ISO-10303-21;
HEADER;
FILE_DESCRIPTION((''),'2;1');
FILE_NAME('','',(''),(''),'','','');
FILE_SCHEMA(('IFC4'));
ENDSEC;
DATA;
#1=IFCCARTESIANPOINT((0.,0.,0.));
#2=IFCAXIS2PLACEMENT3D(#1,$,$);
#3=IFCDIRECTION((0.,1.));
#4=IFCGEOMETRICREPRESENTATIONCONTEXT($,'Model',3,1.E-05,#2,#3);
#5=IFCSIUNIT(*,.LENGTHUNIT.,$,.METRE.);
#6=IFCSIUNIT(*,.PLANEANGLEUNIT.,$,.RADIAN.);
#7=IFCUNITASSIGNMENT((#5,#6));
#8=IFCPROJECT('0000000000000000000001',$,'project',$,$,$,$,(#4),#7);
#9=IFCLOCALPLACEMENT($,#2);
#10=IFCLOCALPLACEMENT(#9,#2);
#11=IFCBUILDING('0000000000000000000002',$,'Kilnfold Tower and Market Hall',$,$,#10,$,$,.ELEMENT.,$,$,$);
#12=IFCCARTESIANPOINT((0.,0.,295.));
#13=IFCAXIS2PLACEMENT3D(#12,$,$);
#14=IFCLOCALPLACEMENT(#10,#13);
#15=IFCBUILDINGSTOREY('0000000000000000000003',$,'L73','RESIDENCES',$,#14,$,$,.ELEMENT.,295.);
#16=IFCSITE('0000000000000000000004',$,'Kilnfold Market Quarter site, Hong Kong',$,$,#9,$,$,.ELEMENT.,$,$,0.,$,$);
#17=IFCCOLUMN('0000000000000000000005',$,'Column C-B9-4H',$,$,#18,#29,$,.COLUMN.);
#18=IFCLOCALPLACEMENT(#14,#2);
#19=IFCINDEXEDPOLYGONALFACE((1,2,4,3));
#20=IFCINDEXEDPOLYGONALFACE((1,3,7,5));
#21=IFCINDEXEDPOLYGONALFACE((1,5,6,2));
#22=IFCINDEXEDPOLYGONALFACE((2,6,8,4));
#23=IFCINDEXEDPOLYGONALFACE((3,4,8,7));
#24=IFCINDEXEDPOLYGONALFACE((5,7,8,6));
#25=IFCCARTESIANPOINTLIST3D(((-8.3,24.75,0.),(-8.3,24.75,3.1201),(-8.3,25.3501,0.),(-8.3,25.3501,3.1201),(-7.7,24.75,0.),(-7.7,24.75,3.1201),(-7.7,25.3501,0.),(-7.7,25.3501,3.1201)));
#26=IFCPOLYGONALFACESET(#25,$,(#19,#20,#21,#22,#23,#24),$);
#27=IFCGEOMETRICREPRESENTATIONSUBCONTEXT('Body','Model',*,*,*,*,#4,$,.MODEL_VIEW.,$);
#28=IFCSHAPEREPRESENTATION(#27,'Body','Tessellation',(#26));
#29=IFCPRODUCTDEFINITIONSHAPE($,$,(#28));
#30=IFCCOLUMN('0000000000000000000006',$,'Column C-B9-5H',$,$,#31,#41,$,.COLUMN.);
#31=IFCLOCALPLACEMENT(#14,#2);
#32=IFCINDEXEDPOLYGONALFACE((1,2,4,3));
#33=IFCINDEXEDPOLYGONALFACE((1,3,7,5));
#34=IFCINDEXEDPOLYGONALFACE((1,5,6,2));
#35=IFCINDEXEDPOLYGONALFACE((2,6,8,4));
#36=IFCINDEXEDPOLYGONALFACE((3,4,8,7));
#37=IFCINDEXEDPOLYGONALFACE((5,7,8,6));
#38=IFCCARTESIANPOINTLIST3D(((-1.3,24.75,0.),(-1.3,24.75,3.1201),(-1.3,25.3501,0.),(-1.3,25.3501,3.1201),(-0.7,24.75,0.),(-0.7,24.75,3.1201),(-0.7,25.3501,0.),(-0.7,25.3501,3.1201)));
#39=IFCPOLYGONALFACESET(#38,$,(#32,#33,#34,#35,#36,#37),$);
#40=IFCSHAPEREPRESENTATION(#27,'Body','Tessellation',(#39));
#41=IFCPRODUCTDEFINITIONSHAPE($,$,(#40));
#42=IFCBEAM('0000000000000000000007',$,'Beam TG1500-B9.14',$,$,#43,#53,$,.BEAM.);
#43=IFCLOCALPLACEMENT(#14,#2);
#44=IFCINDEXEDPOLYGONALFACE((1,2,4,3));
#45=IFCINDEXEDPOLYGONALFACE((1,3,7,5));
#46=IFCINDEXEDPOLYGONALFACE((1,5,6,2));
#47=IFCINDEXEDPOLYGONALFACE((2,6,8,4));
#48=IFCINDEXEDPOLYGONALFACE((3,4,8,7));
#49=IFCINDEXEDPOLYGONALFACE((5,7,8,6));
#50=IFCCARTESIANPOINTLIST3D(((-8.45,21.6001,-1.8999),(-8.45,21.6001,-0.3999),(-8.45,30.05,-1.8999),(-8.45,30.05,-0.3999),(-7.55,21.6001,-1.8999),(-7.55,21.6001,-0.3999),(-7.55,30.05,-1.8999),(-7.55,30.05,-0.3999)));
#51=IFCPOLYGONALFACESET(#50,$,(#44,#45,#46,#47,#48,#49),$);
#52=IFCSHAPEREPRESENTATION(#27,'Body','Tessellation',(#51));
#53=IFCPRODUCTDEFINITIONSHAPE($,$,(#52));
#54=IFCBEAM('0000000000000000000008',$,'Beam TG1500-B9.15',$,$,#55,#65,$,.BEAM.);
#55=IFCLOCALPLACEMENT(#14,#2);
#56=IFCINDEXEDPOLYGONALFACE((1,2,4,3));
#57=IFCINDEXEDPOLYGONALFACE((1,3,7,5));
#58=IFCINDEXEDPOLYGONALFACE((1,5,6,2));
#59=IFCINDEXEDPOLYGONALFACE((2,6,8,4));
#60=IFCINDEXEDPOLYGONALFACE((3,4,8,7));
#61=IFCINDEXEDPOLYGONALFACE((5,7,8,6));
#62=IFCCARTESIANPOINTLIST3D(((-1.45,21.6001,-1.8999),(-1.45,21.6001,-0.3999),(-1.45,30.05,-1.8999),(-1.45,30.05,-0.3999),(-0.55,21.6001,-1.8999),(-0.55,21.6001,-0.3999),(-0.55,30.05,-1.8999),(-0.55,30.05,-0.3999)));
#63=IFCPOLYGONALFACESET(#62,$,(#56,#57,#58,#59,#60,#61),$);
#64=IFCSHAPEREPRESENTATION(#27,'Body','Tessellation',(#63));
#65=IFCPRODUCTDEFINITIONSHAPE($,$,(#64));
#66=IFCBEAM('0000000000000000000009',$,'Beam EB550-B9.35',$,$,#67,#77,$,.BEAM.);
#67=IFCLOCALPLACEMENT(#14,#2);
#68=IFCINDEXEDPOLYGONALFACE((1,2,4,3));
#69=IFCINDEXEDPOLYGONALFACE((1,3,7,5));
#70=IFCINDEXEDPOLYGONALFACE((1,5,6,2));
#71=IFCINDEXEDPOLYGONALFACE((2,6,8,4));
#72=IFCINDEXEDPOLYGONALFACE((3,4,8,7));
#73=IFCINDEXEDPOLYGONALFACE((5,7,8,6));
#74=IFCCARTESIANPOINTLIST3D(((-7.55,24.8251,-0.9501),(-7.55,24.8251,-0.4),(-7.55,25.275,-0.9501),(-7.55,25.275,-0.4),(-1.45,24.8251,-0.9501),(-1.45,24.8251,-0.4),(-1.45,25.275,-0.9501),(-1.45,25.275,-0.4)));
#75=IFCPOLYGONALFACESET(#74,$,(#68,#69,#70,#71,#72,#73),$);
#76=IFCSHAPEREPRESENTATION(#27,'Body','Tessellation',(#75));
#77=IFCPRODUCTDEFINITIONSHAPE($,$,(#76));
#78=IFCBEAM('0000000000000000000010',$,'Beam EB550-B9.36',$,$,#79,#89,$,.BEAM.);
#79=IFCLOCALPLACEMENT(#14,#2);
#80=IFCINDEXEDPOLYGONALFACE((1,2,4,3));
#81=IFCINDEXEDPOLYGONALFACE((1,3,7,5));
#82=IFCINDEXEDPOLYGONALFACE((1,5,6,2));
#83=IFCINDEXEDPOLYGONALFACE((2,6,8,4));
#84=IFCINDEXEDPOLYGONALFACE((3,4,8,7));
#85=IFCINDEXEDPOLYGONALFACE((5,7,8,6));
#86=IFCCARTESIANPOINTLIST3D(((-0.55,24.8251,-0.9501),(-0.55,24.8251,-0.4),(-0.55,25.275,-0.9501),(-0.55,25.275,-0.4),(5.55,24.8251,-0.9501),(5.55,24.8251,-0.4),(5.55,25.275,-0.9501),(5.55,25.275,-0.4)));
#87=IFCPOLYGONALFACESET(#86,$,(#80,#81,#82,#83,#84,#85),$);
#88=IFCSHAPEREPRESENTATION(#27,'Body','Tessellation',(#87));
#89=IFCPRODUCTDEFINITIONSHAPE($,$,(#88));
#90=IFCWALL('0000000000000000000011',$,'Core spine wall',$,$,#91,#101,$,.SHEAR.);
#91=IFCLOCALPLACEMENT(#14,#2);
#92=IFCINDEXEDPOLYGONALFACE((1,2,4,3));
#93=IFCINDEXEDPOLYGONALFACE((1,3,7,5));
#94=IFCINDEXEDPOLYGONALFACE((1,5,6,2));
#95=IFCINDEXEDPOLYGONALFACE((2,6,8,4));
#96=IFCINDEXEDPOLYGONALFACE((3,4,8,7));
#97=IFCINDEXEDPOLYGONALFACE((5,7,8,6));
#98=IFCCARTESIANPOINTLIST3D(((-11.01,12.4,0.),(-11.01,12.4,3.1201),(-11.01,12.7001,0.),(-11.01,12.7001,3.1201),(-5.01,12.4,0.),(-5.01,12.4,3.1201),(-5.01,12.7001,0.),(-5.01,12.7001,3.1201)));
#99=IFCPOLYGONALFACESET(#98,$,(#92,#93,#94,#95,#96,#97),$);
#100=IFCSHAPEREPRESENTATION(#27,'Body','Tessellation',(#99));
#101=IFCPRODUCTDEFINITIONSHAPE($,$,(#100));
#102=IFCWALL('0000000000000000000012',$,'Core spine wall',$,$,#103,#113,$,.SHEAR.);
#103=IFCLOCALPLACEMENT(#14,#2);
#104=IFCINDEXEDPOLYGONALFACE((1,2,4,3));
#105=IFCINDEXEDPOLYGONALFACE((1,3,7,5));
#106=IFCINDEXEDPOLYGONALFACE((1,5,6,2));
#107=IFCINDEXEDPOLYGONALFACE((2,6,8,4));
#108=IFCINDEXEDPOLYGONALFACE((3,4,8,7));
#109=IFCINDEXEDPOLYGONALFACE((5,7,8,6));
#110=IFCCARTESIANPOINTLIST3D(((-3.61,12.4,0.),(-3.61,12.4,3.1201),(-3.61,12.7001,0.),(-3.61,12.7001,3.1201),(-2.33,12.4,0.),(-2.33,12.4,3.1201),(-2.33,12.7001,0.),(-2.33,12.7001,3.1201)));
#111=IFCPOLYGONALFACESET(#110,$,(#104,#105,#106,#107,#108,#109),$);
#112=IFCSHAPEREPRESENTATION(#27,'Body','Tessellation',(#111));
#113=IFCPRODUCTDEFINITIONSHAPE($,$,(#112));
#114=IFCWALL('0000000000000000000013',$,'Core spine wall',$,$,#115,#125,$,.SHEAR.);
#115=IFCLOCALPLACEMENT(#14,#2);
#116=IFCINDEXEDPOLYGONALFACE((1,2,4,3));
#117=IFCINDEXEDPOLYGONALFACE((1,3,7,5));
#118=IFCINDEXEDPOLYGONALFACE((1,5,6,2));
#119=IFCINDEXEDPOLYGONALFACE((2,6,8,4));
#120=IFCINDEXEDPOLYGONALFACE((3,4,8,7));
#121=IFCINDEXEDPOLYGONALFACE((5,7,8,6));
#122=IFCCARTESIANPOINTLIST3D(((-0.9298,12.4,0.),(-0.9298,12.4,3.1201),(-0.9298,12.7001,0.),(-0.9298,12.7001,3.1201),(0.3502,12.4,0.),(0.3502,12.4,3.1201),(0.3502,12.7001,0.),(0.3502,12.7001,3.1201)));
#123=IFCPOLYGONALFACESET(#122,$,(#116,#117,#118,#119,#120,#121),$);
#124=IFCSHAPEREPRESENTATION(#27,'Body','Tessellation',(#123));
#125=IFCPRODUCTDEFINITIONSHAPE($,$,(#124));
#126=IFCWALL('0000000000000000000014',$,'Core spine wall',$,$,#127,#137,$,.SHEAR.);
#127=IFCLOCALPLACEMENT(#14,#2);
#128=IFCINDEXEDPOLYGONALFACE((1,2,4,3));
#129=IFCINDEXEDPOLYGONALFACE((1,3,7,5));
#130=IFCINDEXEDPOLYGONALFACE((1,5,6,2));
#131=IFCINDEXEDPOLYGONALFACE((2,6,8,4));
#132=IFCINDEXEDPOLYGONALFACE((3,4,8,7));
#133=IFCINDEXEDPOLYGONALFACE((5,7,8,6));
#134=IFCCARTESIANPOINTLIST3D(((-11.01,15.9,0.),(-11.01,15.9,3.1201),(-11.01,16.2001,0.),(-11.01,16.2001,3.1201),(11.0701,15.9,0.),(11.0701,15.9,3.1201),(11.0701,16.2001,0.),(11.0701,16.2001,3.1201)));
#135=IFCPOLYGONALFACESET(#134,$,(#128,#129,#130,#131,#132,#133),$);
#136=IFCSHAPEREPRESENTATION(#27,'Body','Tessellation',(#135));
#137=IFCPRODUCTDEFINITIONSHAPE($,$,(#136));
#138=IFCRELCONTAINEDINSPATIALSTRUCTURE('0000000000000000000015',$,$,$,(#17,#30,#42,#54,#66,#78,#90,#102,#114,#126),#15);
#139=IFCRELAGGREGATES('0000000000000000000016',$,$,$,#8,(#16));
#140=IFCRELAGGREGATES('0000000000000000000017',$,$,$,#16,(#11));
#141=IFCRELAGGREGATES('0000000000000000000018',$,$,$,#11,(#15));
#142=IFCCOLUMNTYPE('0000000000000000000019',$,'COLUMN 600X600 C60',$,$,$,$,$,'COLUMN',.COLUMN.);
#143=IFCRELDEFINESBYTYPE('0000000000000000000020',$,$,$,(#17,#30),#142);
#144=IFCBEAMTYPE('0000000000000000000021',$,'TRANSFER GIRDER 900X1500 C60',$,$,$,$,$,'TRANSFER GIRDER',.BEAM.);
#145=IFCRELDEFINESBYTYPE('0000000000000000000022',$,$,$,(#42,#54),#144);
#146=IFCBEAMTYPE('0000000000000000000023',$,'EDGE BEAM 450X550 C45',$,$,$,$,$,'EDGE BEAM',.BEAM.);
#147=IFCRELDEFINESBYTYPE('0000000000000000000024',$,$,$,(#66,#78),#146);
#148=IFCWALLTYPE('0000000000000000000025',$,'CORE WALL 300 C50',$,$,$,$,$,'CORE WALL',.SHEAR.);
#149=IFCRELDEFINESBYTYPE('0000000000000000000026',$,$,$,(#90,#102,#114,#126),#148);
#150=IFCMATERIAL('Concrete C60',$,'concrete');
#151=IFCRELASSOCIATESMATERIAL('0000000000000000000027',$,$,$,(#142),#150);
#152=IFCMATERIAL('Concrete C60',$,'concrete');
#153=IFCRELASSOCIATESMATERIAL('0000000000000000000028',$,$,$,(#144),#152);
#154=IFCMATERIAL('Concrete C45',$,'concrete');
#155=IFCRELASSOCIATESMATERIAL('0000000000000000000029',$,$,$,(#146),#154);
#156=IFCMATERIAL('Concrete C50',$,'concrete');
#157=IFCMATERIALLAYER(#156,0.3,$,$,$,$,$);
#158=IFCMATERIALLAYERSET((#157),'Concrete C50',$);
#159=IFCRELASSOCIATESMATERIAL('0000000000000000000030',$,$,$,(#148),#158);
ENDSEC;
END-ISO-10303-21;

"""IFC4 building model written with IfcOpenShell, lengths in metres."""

from ifc_helpers import new_model, si_unit, direction, frame, frame_2d, origin, origin_2d, place, context, subcontext, project, spatial, rectangle, extrude, source, transform, mapped, material, layer, layer_set, material_profile, profile_set, type_object, element, save


model = new_model("IFC4")

# Units and contexts
model_context = context("Model", 3, precision=1e-05, world=origin(), true_north=direction((0.0, 1.0)))
body_context = subcontext(model_context, "Body", "Model", "MODEL_VIEW")
ifc_project = project(units=[si_unit("LENGTHUNIT", "METRE"), si_unit("PLANEANGLEUNIT", "RADIAN")], contexts=[model_context])

# Site, building, storey
site_placement = place(None, origin())
site = spatial("IfcSite", under=ifc_project, at=site_placement, Name="Kilnfold Market Quarter site, Hong Kong", CompositionType="ELEMENT", RefElevation=0.0)
building_placement = place(site_placement, origin())
building = spatial("IfcBuilding", under=site, at=building_placement, Name="Kilnfold Tower and Market Hall", CompositionType="ELEMENT")
storey_placement = place(building_placement, frame((0.0, 0.0, 295.0)))
storey = spatial("IfcBuildingStorey", under=building, at=storey_placement, Name="L73", Description="RESIDENCES", CompositionType="ELEMENT", Elevation=295.0)

# Columns
ifc_material_1 = material(Name="Concrete C60", Category="concrete")
ifc_material_profile_1 = material_profile(ifc_material_1, rectangle(XDim=0.6001, YDim=0.6001, at=origin_2d()), Name="RC 600x600")
ifc_profile_set_1 = profile_set([ifc_material_profile_1], Name="Concrete C60")
column_type = type_object("IfcColumnType", Name="COLUMN 600X600 C60", ElementType="COLUMN", PredefinedType="COLUMN", material=ifc_profile_set_1)
shared_shape_1 = source(origin(), body_context, "Body", "SweptSolid", [
    extrude(rectangle(XDim=0.6001, YDim=0.6001, at=origin_2d()), origin(), (0.0, 0.0, 1.0), 3.1201),
])
for number, where, z_axis, x_axis, name in (
    (1, (-8.0, 25.05, 0.0), (0.0, 0.0, 1.0), (1.0, 0.0, 0.0), "Column C-B9-4H"),
    (2, (-1.0, 25.05, 0.0), (0.0, 0.0, 1.0), (1.0, 0.0, 0.0), "Column C-B9-5H"),
):
    element("IfcColumn", number, at=place(storey_placement, frame(where, z_axis=z_axis, x_axis=x_axis)), inside=storey, type_object=column_type, Name=name, PredefinedType="COLUMN", context=body_context, shape_type="MappedRepresentation", body=[
        mapped(shared_shape_1, transform((0.0, 0.0, 0.0))),
    ])

# Beams
ifc_material_2 = material(Name="Concrete C60", Category="concrete")
ifc_material_profile_2 = material_profile(ifc_material_2, rectangle(XDim=0.8999, YDim=1.5, at=origin_2d()), Name="RC 900x1500")
ifc_profile_set_2 = profile_set([ifc_material_profile_2], Name="Concrete C60")
beam_type_1 = type_object("IfcBeamType", Name="TRANSFER GIRDER 900X1500 C60", ElementType="TRANSFER GIRDER", PredefinedType="BEAM", material=ifc_profile_set_2)
shared_shape_2 = source(origin(), body_context, "Body", "SweptSolid", [
    extrude(rectangle(XDim=0.8999, YDim=1.5, at=origin_2d()), origin(), (0.0, 0.0, 1.0), 8.45),
])
for number, where, z_axis, x_axis, name in (
    (3, (-8.0, 21.6001, -1.1499), (0.0, 1.0, 0.0), (-1.0, 0.0, 0.0), "Beam TG1500-B9.14"),
    (4, (-1.0, 21.6001, -1.1499), (0.0, 1.0, 0.0), (-1.0, 0.0, 0.0), "Beam TG1500-B9.15"),
):
    element("IfcBeam", number, at=place(storey_placement, frame(where, z_axis=z_axis, x_axis=x_axis)), inside=storey, type_object=beam_type_1, Name=name, PredefinedType="BEAM", context=body_context, shape_type="MappedRepresentation", body=[
        mapped(shared_shape_2, transform((0.0, 0.0, 0.0))),
    ])
ifc_material_3 = material(Name="Concrete C45", Category="concrete")
ifc_material_profile_3 = material_profile(ifc_material_3, rectangle(XDim=0.45, YDim=0.55, at=origin_2d()), Name="RC 450x550")
ifc_profile_set_3 = profile_set([ifc_material_profile_3], Name="Concrete C45")
beam_type_2 = type_object("IfcBeamType", Name="EDGE BEAM 450X550 C45", ElementType="EDGE BEAM", PredefinedType="BEAM", material=ifc_profile_set_3)
shared_shape_3 = source(origin(), body_context, "Body", "SweptSolid", [
    extrude(rectangle(XDim=0.45, YDim=0.55, at=origin_2d()), origin(), (0.0, 0.0, 1.0), 6.1001),
])
for number, where, z_axis, x_axis, name in (
    (5, (-7.55, 25.05, -0.675), (1.0, 0.0, 0.0), (0.0, 1.0, 0.0), "Beam EB550-B9.35"),
    (6, (-0.55, 25.05, -0.675), (1.0, 0.0, 0.0), (0.0, 1.0, 0.0), "Beam EB550-B9.36"),
):
    element("IfcBeam", number, at=place(storey_placement, frame(where, z_axis=z_axis, x_axis=x_axis)), inside=storey, type_object=beam_type_2, Name=name, PredefinedType="BEAM", context=body_context, shape_type="MappedRepresentation", body=[
        mapped(shared_shape_3, transform((0.0, 0.0, 0.0))),
    ])

# Walls
ifc_material_4 = material(Name="Concrete C50", Category="concrete")
ifc_layer_1 = layer(ifc_material_4, 0.3)
ifc_layer_set_1 = layer_set([ifc_layer_1], Name="Concrete C50")
wall_type_1 = type_object("IfcWallType", Name="CORE WALL 300 C50", ElementType="CORE WALL", PredefinedType="SHEAR", material=ifc_layer_set_1)
shared_shape_4 = source(origin(), body_context, "Body", "SweptSolid", [
    extrude(rectangle(XDim=6.0, YDim=0.3, at=frame_2d((3.0, 0.0))), origin(), (0.0, 0.0, 1.0), 3.1201),
])
wall_1_placement = place(storey_placement, frame((-11.01, 12.55, 0.0), z_axis=(0.0, 0.0, 1.0), x_axis=(1.0, 0.0, 0.0)))
element("IfcWall", 7, at=wall_1_placement, inside=storey, type_object=wall_type_1, Name="Core spine wall", PredefinedType="SHEAR", context=body_context, shape_type="MappedRepresentation", body=[
    mapped(shared_shape_4, transform((0.0, 0.0, 0.0))),
])
shared_shape_5 = source(origin(), body_context, "Body", "SweptSolid", [
    extrude(rectangle(XDim=1.28, YDim=0.3, at=frame_2d((0.6401, 0.0))), origin(), (0.0, 0.0, 1.0), 3.1201),
])
for number, where, z_axis, x_axis, name in (
    (8, (-3.6101, 12.55, 0.0), (0.0, 0.0, 1.0), (1.0, 0.0, 0.0), "Core spine wall"),
    (9, (-0.9299, 12.55, 0.0), (0.0, 0.0, 1.0), (1.0, 0.0, 0.0), "Core spine wall"),
):
    element("IfcWall", number, at=place(storey_placement, frame(where, z_axis=z_axis, x_axis=x_axis)), inside=storey, type_object=wall_type_1, Name=name, PredefinedType="SHEAR", context=body_context, shape_type="MappedRepresentation", body=[
        mapped(shared_shape_5, transform((0.0, 0.0, 0.0))),
    ])
shared_shape_6 = source(origin(), body_context, "Body", "SweptSolid", [
    extrude(rectangle(XDim=22.0801, YDim=0.3, at=frame_2d((11.04, 0.0))), origin(), (0.0, 0.0, 1.0), 3.1201),
])
wall_2_placement = place(storey_placement, frame((-11.01, 16.05, 0.0), z_axis=(0.0, 0.0, 1.0), x_axis=(1.0, 0.0, 0.0)))
element("IfcWall", 10, at=wall_2_placement, inside=storey, type_object=wall_type_1, Name="Core spine wall", PredefinedType="SHEAR", context=body_context, shape_type="MappedRepresentation", body=[
    mapped(shared_shape_6, transform((0.0, 0.0, 0.0))),
])

save(model, "model.ifc")
